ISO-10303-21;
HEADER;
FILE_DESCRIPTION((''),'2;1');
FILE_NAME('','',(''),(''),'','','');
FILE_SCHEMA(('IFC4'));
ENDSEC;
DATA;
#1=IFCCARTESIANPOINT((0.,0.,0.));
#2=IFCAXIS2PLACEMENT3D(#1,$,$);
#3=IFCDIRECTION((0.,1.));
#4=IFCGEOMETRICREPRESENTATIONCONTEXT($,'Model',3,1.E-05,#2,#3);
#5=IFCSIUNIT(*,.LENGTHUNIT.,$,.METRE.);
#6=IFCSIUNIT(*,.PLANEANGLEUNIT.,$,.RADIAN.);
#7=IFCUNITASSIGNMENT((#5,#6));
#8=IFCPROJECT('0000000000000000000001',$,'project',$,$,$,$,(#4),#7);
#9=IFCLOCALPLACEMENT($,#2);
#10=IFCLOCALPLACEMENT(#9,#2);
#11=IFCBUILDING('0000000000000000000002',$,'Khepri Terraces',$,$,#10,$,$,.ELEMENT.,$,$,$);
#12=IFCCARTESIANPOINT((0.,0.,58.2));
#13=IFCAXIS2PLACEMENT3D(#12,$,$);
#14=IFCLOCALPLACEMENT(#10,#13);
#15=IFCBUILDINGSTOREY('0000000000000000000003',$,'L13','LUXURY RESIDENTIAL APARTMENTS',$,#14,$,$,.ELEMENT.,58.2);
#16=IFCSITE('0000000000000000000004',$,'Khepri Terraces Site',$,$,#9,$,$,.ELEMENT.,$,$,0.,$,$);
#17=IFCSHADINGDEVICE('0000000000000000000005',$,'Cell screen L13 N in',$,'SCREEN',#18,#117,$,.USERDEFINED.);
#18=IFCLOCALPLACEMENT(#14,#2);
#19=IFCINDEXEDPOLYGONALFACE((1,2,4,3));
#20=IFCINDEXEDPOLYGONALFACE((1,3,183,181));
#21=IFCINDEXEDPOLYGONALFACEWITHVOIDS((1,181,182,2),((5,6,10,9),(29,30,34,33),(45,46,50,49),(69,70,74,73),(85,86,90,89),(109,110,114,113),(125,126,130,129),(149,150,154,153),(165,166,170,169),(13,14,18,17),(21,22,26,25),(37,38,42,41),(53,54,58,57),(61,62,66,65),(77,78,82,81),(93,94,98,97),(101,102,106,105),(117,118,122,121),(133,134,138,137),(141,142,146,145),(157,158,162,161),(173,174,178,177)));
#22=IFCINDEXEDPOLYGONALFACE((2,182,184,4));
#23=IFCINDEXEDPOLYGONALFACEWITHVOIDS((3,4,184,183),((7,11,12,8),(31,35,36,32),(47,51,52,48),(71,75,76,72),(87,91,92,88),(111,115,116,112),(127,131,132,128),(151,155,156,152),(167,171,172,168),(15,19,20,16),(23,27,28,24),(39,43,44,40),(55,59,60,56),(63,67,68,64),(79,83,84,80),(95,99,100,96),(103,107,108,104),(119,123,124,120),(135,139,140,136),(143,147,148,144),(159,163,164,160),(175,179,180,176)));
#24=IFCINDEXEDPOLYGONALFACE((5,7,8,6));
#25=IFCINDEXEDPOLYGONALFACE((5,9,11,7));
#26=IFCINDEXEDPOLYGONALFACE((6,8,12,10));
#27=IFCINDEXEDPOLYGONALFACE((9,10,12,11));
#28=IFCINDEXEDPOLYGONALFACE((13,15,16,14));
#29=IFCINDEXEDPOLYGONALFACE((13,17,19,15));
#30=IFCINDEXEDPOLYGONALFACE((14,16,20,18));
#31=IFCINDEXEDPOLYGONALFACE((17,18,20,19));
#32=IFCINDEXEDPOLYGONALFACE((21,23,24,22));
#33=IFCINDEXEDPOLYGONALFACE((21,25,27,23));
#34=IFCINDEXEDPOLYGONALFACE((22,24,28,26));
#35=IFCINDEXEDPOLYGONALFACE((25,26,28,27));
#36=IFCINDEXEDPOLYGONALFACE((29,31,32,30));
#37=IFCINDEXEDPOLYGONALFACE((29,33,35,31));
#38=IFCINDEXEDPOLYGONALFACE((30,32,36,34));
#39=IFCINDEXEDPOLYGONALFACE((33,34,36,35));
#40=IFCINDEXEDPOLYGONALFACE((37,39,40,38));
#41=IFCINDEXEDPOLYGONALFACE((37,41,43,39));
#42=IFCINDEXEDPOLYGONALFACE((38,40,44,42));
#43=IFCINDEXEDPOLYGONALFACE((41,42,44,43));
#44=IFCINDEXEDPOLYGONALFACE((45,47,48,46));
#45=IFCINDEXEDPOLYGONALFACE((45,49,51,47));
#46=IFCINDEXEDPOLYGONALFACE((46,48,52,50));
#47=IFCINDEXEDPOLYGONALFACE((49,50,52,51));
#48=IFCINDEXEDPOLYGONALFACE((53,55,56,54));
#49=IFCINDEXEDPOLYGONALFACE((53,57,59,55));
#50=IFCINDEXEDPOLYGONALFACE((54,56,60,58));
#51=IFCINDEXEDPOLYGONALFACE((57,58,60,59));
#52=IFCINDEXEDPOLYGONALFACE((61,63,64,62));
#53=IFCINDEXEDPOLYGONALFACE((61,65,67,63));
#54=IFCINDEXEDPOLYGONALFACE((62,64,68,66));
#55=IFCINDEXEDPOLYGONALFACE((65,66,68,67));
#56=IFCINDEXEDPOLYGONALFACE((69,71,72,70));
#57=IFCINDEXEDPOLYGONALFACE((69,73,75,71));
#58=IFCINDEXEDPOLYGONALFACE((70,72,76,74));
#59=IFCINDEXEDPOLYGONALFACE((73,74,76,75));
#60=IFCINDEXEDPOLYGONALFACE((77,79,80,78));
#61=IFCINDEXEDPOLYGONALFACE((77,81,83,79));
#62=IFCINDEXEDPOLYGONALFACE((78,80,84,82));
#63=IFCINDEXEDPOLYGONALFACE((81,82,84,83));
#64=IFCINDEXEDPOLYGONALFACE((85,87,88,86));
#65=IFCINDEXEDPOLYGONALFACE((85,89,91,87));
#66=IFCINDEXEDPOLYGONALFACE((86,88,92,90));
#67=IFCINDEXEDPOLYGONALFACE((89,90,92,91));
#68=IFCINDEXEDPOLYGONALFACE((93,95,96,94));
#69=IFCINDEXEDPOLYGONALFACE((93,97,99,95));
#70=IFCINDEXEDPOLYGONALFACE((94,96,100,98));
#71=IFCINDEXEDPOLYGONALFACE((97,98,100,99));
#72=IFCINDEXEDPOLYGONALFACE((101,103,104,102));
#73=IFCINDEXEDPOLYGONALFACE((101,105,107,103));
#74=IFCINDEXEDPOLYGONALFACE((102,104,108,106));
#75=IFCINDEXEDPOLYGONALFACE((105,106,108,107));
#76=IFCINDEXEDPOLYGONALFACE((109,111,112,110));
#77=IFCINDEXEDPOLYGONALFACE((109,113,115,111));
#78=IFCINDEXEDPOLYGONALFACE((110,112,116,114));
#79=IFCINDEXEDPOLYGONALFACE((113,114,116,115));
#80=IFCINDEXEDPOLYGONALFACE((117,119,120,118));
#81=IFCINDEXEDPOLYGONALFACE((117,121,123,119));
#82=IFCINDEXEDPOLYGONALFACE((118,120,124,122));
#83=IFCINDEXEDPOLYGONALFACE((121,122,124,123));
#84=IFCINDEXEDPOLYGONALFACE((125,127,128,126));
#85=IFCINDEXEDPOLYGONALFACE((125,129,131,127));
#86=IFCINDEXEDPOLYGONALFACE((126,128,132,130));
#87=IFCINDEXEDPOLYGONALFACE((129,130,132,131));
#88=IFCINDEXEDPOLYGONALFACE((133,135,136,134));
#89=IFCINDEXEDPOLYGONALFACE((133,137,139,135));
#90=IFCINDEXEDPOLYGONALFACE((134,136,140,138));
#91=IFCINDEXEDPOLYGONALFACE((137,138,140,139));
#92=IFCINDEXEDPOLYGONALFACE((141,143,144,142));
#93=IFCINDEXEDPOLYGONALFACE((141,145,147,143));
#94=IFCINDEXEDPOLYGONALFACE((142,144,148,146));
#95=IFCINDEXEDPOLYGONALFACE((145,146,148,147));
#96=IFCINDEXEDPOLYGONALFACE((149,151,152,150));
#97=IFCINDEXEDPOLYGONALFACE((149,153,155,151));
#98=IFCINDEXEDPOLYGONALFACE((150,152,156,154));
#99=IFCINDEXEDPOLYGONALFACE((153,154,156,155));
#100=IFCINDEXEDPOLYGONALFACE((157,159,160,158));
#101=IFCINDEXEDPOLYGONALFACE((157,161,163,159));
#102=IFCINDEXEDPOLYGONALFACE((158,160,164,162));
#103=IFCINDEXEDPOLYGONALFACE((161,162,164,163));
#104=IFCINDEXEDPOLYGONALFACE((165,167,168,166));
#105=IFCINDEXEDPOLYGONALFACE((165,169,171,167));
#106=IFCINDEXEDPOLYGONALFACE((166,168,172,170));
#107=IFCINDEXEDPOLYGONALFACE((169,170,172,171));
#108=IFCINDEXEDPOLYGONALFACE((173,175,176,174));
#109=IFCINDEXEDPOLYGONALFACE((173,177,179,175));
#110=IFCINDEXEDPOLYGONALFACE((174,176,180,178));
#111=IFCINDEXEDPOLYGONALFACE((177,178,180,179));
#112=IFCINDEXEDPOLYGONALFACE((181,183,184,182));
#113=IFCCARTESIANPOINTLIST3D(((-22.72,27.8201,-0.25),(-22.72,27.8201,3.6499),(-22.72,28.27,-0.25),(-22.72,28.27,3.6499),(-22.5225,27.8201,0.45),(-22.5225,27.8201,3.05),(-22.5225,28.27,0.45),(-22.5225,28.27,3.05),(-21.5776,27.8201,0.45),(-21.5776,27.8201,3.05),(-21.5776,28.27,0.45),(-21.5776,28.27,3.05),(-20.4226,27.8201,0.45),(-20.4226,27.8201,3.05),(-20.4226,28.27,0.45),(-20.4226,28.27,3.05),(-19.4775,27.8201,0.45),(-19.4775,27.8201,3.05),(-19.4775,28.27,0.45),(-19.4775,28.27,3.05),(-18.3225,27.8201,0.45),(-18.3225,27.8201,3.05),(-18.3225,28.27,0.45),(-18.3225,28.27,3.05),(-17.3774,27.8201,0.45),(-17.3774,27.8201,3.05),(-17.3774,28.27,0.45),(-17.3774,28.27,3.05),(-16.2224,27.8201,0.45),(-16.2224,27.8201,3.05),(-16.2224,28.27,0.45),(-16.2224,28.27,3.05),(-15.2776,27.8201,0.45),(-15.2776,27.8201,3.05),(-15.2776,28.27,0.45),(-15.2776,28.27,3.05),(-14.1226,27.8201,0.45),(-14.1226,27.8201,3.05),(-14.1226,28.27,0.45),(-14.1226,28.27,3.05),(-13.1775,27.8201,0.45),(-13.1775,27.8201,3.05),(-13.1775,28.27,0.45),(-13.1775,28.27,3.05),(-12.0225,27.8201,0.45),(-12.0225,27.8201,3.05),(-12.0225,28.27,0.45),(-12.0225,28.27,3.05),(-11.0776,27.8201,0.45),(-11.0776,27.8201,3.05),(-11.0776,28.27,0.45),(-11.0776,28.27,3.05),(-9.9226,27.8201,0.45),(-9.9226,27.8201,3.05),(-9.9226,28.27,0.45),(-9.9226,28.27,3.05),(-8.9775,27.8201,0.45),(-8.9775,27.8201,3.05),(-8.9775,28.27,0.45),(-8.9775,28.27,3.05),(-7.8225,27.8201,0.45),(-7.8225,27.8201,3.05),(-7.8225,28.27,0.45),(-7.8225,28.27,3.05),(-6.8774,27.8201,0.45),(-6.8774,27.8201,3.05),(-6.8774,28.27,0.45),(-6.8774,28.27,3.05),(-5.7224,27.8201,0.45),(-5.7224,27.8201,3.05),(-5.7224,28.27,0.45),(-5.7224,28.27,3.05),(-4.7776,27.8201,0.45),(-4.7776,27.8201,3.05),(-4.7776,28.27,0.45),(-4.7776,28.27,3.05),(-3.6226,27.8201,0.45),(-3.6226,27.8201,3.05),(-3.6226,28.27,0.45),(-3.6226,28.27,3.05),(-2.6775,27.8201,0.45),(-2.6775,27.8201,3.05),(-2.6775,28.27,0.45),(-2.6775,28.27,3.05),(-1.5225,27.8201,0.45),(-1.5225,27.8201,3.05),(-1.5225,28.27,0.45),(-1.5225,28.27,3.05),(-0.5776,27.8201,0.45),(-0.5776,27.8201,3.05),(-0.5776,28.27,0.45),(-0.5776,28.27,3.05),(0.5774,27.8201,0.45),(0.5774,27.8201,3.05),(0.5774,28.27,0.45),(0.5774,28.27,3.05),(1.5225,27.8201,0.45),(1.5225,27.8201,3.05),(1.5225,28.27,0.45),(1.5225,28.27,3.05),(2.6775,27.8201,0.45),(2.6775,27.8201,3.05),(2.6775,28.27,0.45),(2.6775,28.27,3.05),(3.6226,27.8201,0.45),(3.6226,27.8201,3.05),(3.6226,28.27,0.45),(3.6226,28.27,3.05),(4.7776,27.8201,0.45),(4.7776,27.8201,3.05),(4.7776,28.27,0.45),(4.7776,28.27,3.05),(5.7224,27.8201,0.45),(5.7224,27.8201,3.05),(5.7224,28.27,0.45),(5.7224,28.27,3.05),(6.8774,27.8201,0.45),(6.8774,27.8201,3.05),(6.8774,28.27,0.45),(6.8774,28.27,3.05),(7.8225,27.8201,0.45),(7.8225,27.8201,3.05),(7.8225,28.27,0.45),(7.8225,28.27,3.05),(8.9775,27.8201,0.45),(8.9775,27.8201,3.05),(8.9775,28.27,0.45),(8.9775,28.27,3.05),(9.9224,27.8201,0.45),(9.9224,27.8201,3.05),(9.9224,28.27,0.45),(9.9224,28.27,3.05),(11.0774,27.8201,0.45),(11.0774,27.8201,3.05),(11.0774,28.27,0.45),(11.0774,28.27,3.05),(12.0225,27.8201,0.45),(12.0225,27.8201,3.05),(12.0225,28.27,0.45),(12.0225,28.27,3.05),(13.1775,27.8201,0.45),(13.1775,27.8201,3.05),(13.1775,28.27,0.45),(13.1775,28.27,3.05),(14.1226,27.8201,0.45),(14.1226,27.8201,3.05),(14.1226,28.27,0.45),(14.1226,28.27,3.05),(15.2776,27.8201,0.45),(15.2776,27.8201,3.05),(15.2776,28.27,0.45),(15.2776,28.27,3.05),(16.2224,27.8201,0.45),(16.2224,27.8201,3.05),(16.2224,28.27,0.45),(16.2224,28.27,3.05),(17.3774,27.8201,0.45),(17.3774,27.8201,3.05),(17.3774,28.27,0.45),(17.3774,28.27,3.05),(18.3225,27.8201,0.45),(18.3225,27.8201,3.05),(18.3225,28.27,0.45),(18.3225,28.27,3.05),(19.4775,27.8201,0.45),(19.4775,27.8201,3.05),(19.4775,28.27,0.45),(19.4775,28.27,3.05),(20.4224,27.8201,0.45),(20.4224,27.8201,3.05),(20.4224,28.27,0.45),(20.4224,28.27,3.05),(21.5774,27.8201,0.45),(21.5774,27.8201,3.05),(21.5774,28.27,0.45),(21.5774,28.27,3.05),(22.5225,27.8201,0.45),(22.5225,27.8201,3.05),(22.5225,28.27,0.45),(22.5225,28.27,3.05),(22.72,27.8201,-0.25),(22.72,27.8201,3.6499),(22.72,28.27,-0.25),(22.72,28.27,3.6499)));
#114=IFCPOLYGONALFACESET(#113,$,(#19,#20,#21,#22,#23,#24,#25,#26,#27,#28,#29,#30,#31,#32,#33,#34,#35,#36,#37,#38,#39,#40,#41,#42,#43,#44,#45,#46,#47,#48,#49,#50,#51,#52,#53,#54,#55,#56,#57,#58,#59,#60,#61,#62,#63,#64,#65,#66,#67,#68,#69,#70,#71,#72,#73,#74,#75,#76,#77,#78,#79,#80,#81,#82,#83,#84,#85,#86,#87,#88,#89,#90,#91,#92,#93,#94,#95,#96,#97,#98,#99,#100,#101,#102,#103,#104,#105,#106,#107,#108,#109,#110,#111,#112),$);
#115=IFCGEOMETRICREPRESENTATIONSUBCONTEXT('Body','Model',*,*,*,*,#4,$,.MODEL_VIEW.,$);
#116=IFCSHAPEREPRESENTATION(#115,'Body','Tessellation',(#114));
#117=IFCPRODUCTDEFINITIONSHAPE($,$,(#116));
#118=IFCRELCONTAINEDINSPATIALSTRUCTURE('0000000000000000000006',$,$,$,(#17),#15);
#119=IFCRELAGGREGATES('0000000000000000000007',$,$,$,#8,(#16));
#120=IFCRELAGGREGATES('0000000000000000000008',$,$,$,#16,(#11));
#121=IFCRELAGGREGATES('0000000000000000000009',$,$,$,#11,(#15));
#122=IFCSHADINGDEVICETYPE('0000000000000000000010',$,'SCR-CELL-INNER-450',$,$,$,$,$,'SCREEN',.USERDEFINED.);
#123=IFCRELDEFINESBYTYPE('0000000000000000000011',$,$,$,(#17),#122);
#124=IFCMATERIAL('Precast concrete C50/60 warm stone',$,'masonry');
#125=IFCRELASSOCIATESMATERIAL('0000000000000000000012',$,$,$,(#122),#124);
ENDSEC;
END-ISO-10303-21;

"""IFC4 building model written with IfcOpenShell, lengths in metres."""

from ifc_helpers import new_model, si_unit, direction, frame, origin, place, context, subcontext, project, spatial, polyline, outline, extrude, material, type_object, element, save


model = new_model("IFC4")

# Units and contexts
model_context = context("Model", 3, precision=1e-05, world=origin(), true_north=direction((0.0, 1.0)))
body_context = subcontext(model_context, "Body", "Model", "MODEL_VIEW")
ifc_project = project(units=[si_unit("LENGTHUNIT", "METRE"), si_unit("PLANEANGLEUNIT", "RADIAN")], contexts=[model_context])

# Site, building, storey
site_placement = place(None, origin())
site = spatial("IfcSite", under=ifc_project, at=site_placement, Name="Khepri Terraces Site", CompositionType="ELEMENT", RefElevation=0.0)
building_placement = place(site_placement, origin())
building = spatial("IfcBuilding", under=site, at=building_placement, Name="Khepri Terraces", CompositionType="ELEMENT")
storey_placement = place(building_placement, frame((0.0, 0.0, 58.2)))
storey = spatial("IfcBuildingStorey", under=building, at=storey_placement, Name="L13", Description="LUXURY RESIDENTIAL APARTMENTS", CompositionType="ELEMENT", Elevation=58.2)

# Shared definitions
ifc_material_1 = material(Name="Precast concrete C50/60 warm stone", Category="masonry")

# Shading device
shading_device_type_1 = type_object("IfcShadingDeviceType", Name="SCR-CELL-INNER-450", ElementType="SCREEN", PredefinedType="USERDEFINED", material=ifc_material_1)
shading_device_1_placement = place(storey_placement, frame((22.72, 27.8201, -0.25), z_axis=(0.0, 1.0, 0.0), x_axis=(-1.0, 0.0, 0.0)))
element("IfcShadingDevice", 1, at=shading_device_1_placement, inside=storey, type_object=shading_device_type_1, Name="Cell screen L13 N in", ObjectType="SCREEN", PredefinedType="USERDEFINED", context=body_context, shape_type="SweptSolid", body=[
    extrude(outline(polyline([(0.0, 0.0), (45.4399, 0.0), (45.4399, 3.8999), (0.0, 3.8999), (0.0, 0.0)]), holes=[polyline([(0.1975, 0.7), (1.1426, 0.7), (1.1426, 3.3), (0.1975, 3.3), (0.1975, 0.7)]), polyline([(2.2976, 0.7), (3.2424, 0.7), (3.2424, 3.3), (2.2976, 3.3), (2.2976, 0.7)]), polyline([(4.3975, 0.7), (5.3425, 0.7), (5.3425, 3.3), (4.3975, 3.3), (4.3975, 0.7)]), polyline([(6.4976, 0.7), (7.4424, 0.7), (7.4424, 3.3), (6.4976, 3.3), (6.4976, 0.7)]), polyline([(8.5974, 0.7), (9.5425, 0.7), (9.5425, 3.3), (8.5974, 3.3), (8.5974, 0.7)]), polyline([(10.6975, 0.7), (11.6426, 0.7), (11.6426, 3.3), (10.6975, 3.3), (10.6975, 0.7)]), polyline([(12.7976, 0.7), (13.7424, 0.7), (13.7424, 3.3), (12.7976, 3.3), (12.7976, 0.7)]), polyline([(14.8975, 0.7), (15.8425, 0.7), (15.8425, 3.3), (14.8975, 3.3), (14.8975, 0.7)]), polyline([(16.9976, 0.7), (17.9424, 0.7), (17.9424, 3.3), (16.9976, 3.3), (16.9976, 0.7)]), polyline([(19.0974, 0.7), (20.0425, 0.7), (20.0425, 3.3), (19.0974, 3.3), (19.0974, 0.7)]), polyline([(21.1975, 0.7), (22.1426, 0.7), (22.1426, 3.3), (21.1975, 3.3), (21.1975, 0.7)]), polyline([(23.2976, 0.7), (24.2424, 0.7), (24.2424, 3.3), (23.2976, 3.3), (23.2976, 0.7)]), polyline([(25.3975, 0.7), (26.3425, 0.7), (26.3425, 3.3), (25.3975, 3.3), (25.3975, 0.7)]), polyline([(27.4976, 0.7), (28.4424, 0.7), (28.4424, 3.3), (27.4976, 3.3), (27.4976, 0.7)]), polyline([(29.5974, 0.7), (30.5425, 0.7), (30.5425, 3.3), (29.5974, 3.3), (29.5974, 0.7)]), polyline([(31.6975, 0.7), (32.6426, 0.7), (32.6426, 3.3), (31.6975, 3.3), (31.6975, 0.7)]), polyline([(33.7976, 0.7), (34.7424, 0.7), (34.7424, 3.3), (33.7976, 3.3), (33.7976, 0.7)]), polyline([(35.8975, 0.7), (36.8425, 0.7), (36.8425, 3.3), (35.8975, 3.3), (35.8975, 0.7)]), polyline([(37.9976, 0.7), (38.9424, 0.7), (38.9424, 3.3), (37.9976, 3.3), (37.9976, 0.7)]), polyline([(40.0974, 0.7), (41.0425, 0.7), (41.0425, 3.3), (40.0974, 3.3), (40.0974, 0.7)]), polyline([(42.1975, 0.7), (43.1426, 0.7), (43.1426, 3.3), (42.1975, 3.3), (42.1975, 0.7)]), polyline([(44.2976, 0.7), (45.2424, 0.7), (45.2424, 3.3), (44.2976, 3.3), (44.2976, 0.7)])]), origin(), (0.0, 0.0, 1.0), 0.45),
])

save(model, "model.ifc")
